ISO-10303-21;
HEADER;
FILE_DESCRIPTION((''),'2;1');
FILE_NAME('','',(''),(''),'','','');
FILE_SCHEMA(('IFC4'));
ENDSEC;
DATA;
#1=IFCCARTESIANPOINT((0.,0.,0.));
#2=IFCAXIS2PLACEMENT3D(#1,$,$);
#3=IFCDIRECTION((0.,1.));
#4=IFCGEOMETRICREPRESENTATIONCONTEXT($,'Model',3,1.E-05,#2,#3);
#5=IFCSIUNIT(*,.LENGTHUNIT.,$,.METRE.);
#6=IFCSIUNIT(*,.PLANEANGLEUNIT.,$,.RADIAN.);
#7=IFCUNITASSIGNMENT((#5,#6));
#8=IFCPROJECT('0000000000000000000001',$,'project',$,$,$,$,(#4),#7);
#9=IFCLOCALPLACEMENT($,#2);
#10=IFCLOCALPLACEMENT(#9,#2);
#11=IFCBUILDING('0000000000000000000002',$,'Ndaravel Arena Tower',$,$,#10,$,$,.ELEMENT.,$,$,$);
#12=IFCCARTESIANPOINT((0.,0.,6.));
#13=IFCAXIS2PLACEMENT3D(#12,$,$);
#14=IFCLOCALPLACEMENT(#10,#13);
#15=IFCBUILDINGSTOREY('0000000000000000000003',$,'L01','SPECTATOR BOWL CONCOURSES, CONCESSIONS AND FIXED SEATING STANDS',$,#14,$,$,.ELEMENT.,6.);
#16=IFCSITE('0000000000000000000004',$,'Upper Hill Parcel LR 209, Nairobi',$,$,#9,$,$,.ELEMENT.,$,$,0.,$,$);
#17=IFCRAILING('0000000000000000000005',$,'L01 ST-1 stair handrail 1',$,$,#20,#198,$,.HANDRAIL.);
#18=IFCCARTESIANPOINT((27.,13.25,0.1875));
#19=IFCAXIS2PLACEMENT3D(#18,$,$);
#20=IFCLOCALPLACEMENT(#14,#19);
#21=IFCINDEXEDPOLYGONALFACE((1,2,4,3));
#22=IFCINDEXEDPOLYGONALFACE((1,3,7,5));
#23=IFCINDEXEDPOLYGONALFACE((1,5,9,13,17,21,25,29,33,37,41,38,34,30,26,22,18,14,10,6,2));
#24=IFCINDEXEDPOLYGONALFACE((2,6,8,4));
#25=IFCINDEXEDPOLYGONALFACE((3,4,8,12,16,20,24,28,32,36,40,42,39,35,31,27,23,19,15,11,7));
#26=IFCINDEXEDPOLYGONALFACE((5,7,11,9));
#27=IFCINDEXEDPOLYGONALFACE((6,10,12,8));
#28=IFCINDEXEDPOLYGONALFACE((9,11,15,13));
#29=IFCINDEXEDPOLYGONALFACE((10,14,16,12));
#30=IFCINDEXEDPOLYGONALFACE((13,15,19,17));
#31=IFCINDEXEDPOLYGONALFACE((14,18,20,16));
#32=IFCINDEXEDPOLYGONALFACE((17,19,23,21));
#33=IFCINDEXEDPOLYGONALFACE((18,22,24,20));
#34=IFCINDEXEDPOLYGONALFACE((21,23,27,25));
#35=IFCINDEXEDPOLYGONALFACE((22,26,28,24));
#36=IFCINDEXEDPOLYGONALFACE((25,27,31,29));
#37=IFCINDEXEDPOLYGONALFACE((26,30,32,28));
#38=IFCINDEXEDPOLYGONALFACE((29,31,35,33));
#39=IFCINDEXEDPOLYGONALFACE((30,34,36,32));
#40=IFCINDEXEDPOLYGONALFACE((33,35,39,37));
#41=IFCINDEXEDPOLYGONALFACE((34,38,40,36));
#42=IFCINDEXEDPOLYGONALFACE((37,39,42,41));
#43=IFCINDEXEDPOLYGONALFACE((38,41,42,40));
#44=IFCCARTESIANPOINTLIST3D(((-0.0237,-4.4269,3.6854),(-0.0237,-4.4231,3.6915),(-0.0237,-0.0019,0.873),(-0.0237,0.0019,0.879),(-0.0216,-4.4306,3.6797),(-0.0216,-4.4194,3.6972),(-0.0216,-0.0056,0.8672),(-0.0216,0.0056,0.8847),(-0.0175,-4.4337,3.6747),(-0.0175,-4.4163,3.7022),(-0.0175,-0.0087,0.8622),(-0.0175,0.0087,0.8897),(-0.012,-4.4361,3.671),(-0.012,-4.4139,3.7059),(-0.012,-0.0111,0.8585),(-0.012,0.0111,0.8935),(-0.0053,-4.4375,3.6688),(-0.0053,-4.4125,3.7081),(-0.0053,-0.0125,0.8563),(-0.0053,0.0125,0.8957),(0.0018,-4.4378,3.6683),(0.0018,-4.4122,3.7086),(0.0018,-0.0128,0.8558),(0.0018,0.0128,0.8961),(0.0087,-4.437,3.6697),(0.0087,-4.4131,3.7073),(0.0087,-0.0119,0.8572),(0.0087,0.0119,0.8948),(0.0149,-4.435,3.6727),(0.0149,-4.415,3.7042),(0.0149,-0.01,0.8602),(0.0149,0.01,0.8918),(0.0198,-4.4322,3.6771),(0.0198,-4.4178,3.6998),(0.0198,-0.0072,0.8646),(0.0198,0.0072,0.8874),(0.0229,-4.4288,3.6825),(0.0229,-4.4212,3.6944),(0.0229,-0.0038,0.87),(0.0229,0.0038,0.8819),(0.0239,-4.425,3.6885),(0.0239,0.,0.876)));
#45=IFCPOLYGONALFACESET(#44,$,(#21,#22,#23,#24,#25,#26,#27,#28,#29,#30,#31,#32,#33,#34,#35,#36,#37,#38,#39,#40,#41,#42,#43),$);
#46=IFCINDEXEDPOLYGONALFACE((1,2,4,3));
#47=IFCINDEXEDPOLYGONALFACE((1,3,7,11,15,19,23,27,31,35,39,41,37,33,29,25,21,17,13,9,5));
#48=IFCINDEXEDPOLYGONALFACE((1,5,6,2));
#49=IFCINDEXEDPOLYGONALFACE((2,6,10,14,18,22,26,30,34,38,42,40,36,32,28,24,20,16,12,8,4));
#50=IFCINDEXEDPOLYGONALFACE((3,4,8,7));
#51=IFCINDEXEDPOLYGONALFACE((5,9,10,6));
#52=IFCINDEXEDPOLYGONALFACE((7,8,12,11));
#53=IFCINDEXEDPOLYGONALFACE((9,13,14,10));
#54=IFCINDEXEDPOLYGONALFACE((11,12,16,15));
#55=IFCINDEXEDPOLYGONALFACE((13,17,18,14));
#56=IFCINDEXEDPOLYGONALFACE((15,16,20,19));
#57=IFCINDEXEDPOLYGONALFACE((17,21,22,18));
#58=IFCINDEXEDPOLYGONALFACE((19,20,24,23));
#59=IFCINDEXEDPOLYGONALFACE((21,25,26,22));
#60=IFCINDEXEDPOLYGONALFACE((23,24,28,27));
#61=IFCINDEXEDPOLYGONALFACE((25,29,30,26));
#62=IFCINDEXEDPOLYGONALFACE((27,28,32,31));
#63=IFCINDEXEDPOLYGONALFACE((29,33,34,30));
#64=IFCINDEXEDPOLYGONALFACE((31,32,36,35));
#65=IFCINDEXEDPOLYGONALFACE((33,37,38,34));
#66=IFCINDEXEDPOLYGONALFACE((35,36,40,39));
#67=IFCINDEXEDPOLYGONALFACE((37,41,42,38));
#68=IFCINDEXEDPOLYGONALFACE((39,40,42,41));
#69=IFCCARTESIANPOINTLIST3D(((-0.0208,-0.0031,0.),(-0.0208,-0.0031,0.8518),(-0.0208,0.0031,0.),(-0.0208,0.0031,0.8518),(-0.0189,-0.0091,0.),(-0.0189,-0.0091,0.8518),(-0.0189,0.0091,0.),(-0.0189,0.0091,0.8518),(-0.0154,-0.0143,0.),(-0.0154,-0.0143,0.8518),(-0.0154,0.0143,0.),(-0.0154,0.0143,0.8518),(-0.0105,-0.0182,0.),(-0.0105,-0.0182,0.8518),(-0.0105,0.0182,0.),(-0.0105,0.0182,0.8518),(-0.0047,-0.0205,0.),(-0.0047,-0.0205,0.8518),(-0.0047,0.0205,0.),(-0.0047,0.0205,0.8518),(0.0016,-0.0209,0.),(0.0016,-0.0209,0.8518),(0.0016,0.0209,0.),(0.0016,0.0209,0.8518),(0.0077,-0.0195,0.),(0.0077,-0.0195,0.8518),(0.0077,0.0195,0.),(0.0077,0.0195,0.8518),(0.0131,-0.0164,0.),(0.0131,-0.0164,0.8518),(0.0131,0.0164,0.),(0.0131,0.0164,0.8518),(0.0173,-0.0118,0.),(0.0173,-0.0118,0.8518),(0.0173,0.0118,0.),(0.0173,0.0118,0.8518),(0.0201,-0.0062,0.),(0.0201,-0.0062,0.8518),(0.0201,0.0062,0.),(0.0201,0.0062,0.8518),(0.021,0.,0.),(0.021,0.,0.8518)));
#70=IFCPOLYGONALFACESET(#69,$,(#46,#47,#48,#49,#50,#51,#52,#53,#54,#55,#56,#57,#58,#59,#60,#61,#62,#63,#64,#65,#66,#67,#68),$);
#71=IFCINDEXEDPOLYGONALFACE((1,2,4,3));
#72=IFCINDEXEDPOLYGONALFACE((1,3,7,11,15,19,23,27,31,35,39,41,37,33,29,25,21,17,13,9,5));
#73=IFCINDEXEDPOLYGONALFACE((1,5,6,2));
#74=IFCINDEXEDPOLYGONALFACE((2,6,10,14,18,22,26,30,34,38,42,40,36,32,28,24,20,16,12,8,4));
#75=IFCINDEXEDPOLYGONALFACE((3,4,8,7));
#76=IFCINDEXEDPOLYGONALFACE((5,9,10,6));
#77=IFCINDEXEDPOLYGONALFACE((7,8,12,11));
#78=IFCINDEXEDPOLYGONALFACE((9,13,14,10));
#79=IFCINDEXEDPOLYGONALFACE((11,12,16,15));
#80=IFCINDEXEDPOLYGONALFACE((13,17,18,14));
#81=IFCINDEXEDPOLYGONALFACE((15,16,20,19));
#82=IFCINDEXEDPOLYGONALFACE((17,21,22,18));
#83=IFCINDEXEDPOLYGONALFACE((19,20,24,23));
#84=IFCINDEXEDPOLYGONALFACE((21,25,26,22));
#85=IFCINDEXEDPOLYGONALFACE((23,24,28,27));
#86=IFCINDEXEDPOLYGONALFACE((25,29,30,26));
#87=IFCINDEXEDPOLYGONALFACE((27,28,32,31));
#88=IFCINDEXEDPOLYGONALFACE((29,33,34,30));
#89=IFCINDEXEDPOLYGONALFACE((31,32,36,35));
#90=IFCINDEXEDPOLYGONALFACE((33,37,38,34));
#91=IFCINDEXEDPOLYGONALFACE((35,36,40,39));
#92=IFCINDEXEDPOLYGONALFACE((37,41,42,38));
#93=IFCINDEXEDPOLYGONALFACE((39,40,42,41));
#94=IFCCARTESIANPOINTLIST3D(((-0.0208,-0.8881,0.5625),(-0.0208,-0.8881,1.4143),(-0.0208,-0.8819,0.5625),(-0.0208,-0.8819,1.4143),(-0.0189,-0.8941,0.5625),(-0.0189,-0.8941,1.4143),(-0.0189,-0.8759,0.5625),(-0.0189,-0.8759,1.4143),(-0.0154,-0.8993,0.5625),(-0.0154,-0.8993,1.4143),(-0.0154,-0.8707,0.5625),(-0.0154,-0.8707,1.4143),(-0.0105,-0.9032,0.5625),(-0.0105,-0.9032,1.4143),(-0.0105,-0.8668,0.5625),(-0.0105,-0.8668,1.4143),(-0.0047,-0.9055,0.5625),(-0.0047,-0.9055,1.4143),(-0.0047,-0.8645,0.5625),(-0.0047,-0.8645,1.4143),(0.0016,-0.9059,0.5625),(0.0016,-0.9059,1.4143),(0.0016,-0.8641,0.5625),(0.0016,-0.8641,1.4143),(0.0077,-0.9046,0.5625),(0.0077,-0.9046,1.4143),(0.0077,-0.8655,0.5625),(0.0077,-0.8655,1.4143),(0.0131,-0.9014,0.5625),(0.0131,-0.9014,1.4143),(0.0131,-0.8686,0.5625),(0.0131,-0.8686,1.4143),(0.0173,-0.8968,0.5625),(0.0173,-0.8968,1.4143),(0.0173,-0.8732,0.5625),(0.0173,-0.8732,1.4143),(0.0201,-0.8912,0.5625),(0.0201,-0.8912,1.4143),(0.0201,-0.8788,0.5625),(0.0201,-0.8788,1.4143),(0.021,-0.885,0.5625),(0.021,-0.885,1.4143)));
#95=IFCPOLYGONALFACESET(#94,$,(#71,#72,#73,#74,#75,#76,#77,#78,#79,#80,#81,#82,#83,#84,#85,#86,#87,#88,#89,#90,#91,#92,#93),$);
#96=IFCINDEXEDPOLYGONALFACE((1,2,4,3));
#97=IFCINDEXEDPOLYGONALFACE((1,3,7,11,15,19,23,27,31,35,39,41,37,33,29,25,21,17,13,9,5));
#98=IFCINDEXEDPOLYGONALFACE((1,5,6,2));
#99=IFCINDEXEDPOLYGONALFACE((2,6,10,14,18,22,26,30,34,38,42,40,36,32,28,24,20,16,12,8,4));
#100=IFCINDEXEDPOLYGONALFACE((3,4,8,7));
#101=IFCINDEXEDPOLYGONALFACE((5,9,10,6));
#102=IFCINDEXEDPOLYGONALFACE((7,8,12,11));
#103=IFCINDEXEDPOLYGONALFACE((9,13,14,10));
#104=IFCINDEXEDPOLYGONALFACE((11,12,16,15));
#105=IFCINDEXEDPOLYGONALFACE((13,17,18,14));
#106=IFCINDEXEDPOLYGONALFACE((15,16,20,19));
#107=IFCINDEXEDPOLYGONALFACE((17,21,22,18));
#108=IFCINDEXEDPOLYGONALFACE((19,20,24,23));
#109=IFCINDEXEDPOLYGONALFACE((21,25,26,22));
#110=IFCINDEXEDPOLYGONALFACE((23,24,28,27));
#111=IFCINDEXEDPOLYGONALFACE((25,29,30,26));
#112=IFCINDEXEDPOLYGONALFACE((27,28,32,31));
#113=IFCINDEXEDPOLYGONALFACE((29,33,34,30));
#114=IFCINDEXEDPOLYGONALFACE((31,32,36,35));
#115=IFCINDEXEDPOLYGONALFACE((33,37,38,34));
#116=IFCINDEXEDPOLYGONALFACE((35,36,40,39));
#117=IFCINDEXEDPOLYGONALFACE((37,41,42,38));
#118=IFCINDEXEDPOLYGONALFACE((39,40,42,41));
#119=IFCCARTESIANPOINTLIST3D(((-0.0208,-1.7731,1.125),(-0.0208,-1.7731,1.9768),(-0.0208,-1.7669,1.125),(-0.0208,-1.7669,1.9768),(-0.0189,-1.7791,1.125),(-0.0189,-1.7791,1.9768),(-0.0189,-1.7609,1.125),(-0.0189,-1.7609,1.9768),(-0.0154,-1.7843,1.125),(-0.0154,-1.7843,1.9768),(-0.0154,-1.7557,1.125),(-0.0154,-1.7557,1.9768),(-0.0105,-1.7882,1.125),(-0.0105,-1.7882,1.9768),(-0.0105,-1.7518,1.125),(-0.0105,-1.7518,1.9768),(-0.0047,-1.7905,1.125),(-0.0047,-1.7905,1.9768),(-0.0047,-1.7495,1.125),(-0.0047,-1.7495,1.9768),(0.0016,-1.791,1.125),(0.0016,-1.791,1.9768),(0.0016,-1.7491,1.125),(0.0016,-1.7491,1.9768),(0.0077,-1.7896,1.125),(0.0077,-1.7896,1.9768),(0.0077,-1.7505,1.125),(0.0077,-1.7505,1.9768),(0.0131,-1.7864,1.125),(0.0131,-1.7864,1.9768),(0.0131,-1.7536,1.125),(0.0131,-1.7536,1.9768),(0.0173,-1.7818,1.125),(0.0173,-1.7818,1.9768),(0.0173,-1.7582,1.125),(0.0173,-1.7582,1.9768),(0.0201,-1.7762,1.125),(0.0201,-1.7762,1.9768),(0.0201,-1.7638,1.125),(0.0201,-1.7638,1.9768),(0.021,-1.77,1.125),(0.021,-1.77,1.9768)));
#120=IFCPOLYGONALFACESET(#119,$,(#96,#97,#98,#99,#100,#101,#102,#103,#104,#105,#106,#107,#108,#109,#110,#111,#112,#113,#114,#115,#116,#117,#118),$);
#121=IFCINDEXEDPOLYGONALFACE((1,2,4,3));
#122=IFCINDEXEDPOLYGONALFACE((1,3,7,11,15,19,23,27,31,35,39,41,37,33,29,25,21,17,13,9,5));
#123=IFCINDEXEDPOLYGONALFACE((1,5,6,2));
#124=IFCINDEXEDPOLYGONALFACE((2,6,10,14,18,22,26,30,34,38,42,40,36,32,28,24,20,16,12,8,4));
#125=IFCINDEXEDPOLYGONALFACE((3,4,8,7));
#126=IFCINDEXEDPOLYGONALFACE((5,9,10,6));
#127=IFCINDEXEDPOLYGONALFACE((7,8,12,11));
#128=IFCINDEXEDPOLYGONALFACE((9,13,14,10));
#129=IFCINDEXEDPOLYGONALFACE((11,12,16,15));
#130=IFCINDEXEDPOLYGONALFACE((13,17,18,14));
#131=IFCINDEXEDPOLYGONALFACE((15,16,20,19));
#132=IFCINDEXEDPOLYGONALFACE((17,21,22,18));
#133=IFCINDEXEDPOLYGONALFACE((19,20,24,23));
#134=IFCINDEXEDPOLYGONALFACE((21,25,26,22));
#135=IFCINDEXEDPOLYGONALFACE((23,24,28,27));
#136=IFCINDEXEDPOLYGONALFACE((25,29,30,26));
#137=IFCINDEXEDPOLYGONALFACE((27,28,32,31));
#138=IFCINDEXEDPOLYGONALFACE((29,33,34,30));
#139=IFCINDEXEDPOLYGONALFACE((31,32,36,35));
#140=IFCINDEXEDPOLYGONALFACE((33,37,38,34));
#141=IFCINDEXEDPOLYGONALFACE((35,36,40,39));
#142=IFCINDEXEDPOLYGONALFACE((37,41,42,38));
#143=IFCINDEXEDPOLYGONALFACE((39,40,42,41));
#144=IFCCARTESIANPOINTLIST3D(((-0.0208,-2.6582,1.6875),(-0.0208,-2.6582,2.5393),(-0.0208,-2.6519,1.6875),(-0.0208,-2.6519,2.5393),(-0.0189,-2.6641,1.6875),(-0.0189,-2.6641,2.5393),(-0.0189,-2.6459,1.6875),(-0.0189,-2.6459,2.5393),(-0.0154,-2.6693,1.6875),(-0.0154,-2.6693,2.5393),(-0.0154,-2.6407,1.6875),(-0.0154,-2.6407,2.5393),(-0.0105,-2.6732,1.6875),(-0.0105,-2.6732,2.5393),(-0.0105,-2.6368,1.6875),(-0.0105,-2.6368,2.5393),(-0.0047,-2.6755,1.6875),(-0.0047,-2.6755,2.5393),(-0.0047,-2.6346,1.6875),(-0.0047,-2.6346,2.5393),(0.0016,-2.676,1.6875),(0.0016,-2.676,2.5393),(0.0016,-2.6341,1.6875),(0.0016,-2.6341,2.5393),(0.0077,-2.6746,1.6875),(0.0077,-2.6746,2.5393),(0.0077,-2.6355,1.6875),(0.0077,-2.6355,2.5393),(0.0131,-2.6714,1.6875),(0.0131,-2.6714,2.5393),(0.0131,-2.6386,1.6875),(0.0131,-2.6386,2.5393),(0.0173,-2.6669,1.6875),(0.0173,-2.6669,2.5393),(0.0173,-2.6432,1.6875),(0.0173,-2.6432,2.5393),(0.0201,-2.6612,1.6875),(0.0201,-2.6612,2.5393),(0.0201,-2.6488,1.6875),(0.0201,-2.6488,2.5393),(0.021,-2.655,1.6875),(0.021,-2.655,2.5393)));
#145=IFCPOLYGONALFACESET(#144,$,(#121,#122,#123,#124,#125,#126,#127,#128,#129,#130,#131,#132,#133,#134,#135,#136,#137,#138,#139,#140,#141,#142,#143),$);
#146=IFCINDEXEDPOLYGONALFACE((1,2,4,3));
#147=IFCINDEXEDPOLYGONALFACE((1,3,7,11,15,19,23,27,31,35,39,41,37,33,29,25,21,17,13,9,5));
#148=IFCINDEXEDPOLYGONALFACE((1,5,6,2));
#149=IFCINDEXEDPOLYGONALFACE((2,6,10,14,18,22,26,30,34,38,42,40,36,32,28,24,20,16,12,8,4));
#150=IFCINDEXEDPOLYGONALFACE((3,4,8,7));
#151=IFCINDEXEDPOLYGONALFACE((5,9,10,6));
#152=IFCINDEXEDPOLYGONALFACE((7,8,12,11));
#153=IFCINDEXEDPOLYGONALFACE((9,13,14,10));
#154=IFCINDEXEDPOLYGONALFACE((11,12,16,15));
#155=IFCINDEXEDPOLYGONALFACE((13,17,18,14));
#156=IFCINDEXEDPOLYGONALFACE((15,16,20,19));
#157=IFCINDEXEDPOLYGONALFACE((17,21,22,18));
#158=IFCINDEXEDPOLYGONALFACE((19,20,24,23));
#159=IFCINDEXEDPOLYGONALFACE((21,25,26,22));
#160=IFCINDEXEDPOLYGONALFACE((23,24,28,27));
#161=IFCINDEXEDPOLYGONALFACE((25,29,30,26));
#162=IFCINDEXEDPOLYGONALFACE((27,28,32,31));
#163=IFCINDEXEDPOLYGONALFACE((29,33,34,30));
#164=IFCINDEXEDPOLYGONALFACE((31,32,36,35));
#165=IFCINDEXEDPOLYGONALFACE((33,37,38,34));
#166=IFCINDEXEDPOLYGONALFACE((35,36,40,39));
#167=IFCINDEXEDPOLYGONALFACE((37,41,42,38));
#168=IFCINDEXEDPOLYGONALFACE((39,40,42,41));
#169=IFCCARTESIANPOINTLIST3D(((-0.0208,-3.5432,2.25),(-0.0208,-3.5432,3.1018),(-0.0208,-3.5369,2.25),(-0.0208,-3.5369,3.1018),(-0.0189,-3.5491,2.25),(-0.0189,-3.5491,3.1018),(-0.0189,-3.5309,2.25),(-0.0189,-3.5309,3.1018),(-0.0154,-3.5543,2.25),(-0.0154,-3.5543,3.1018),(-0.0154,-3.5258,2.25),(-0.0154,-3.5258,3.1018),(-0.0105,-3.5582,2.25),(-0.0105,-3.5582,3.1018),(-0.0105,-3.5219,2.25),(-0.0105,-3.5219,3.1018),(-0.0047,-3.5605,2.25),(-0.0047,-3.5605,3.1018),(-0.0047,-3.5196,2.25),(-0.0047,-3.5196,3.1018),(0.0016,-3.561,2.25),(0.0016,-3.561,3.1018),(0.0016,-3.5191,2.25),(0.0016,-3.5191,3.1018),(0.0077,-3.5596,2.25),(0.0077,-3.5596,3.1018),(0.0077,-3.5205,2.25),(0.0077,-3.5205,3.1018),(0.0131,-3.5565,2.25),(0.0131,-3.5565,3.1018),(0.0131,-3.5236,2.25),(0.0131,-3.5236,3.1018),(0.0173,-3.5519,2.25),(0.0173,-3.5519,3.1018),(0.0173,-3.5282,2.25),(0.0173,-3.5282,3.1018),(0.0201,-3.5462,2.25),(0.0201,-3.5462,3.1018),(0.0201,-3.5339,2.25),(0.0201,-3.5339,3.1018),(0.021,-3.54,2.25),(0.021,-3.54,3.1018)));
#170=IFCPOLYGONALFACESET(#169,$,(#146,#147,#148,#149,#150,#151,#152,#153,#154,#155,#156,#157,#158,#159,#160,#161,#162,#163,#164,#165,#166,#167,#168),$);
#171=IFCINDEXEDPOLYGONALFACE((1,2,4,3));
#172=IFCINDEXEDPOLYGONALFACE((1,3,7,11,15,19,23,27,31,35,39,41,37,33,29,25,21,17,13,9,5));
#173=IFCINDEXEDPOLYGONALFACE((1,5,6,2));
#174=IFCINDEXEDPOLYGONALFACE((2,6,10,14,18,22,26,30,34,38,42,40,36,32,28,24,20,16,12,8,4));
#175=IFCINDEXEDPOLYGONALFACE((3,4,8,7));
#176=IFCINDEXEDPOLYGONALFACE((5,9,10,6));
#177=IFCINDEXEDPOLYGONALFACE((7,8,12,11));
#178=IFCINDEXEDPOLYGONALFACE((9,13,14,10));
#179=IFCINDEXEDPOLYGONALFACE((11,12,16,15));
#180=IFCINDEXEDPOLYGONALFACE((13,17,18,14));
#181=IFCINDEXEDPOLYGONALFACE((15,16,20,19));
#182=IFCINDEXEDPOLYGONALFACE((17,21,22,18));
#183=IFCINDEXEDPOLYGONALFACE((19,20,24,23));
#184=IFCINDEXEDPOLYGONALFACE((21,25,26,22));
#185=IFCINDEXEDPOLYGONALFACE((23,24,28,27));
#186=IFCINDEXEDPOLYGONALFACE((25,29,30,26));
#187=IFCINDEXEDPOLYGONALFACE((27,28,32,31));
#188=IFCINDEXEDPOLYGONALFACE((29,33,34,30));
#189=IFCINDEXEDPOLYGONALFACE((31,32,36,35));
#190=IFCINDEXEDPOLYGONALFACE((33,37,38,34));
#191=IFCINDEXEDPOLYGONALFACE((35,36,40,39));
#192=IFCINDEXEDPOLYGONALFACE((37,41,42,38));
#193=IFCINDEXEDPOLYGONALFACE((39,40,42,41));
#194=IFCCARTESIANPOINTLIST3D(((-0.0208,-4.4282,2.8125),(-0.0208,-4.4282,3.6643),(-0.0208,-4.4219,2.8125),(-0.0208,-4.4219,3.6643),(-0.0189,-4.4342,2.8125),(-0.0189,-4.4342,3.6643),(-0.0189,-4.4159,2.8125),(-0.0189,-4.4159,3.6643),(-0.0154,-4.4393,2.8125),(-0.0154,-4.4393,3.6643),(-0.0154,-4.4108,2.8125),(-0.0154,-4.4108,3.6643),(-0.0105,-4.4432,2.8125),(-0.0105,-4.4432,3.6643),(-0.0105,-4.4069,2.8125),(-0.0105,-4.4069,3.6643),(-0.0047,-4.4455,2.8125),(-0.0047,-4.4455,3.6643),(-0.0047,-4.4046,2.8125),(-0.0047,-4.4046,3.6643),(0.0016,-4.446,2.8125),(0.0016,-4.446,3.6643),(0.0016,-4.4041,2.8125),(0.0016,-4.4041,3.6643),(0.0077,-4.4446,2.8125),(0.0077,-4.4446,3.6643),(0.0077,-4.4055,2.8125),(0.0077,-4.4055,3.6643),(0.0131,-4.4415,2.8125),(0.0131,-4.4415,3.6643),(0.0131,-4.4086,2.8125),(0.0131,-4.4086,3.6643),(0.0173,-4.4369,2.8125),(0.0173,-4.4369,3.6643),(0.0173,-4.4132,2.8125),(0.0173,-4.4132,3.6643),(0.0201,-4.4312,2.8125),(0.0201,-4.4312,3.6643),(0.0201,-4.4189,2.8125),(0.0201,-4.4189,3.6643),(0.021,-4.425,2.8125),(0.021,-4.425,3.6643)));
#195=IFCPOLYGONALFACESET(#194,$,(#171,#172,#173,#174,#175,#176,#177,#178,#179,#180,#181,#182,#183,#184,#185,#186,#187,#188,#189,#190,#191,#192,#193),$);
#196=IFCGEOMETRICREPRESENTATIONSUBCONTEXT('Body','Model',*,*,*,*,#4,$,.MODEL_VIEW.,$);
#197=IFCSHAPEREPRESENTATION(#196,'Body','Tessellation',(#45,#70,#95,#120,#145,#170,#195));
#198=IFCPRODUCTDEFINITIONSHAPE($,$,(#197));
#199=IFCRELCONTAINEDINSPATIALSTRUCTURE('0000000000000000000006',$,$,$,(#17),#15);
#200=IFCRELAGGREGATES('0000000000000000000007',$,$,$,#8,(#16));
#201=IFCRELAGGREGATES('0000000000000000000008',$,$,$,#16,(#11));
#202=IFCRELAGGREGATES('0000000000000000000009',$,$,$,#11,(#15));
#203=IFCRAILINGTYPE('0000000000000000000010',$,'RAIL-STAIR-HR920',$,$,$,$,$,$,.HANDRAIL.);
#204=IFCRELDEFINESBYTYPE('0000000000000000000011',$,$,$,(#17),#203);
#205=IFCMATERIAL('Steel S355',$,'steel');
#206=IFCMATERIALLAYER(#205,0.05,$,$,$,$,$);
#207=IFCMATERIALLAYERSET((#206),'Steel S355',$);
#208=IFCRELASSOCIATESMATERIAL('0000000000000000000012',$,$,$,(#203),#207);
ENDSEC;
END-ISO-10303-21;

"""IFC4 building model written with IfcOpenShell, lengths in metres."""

from ifc_helpers import new_model, si_unit, direction, frame, origin, origin_2d, place, context, subcontext, project, spatial, circle, extrude, material, layer, layer_set, type_object, element, save


model = new_model("IFC4")

# Units and contexts
model_context = context("Model", 3, precision=1e-05, world=origin(), true_north=direction((0.0, 1.0)))
body_context = subcontext(model_context, "Body", "Model", "MODEL_VIEW")
ifc_project = project(units=[si_unit("LENGTHUNIT", "METRE"), si_unit("PLANEANGLEUNIT", "RADIAN")], contexts=[model_context])

# Site, building, storey
site_placement = place(None, origin())
site = spatial("IfcSite", under=ifc_project, at=site_placement, Name="Upper Hill Parcel LR 209, Nairobi", CompositionType="ELEMENT", RefElevation=0.0)
building_placement = place(site_placement, origin())
building = spatial("IfcBuilding", under=site, at=building_placement, Name="Ndaravel Arena Tower", CompositionType="ELEMENT")
storey_placement = place(building_placement, frame((0.0, 0.0, 6.0)))
storey = spatial("IfcBuildingStorey", under=building, at=storey_placement, Name="L01", Description="SPECTATOR BOWL CONCOURSES, CONCESSIONS AND FIXED SEATING STANDS", CompositionType="ELEMENT", Elevation=6.0)

# Railing
ifc_material_1 = material(Name="Steel S355", Category="steel")
ifc_layer_1 = layer(ifc_material_1, 0.05)
ifc_layer_set_1 = layer_set([ifc_layer_1], Name="Steel S355")
railing_type_1 = type_object("IfcRailingType", Name="RAIL-STAIR-HR920", PredefinedType="HANDRAIL", material=ifc_layer_set_1)
railing_1_placement = place(storey_placement, frame((27.0, 13.25, 0.1875)))
element("IfcRailing", 1, at=railing_1_placement, inside=storey, type_object=railing_type_1, Name="L01 ST-1 stair handrail 1", PredefinedType="HANDRAIL", context=body_context, shape_type="SweptSolid", body=[
    extrude(circle(Radius=0.0239, at=origin_2d()), frame((0.0, 0.0, 0.876), z_axis=(0.0, -0.843959, 0.536408), x_axis=(1.0, 0.0, 0.0)), (0.0, 0.0, 1.0), 5.2432),
    extrude(circle(Radius=0.021, at=origin_2d()), origin(), (0.0, 0.0, 1.0), 0.8518),
    extrude(circle(Radius=0.021, at=origin_2d()), frame((0.0, -0.885, 0.5625)), (0.0, 0.0, 1.0), 0.8518),
    extrude(circle(Radius=0.021, at=origin_2d()), frame((0.0, -1.77, 1.125)), (0.0, 0.0, 1.0), 0.8518),
    extrude(circle(Radius=0.021, at=origin_2d()), frame((0.0, -2.655, 1.6875)), (0.0, 0.0, 1.0), 0.8518),
    extrude(circle(Radius=0.021, at=origin_2d()), frame((0.0, -3.54, 2.25)), (0.0, 0.0, 1.0), 0.8518),
    extrude(circle(Radius=0.021, at=origin_2d()), frame((0.0, -4.425, 2.8125)), (0.0, 0.0, 1.0), 0.8518),
])

save(model, "model.ifc")
